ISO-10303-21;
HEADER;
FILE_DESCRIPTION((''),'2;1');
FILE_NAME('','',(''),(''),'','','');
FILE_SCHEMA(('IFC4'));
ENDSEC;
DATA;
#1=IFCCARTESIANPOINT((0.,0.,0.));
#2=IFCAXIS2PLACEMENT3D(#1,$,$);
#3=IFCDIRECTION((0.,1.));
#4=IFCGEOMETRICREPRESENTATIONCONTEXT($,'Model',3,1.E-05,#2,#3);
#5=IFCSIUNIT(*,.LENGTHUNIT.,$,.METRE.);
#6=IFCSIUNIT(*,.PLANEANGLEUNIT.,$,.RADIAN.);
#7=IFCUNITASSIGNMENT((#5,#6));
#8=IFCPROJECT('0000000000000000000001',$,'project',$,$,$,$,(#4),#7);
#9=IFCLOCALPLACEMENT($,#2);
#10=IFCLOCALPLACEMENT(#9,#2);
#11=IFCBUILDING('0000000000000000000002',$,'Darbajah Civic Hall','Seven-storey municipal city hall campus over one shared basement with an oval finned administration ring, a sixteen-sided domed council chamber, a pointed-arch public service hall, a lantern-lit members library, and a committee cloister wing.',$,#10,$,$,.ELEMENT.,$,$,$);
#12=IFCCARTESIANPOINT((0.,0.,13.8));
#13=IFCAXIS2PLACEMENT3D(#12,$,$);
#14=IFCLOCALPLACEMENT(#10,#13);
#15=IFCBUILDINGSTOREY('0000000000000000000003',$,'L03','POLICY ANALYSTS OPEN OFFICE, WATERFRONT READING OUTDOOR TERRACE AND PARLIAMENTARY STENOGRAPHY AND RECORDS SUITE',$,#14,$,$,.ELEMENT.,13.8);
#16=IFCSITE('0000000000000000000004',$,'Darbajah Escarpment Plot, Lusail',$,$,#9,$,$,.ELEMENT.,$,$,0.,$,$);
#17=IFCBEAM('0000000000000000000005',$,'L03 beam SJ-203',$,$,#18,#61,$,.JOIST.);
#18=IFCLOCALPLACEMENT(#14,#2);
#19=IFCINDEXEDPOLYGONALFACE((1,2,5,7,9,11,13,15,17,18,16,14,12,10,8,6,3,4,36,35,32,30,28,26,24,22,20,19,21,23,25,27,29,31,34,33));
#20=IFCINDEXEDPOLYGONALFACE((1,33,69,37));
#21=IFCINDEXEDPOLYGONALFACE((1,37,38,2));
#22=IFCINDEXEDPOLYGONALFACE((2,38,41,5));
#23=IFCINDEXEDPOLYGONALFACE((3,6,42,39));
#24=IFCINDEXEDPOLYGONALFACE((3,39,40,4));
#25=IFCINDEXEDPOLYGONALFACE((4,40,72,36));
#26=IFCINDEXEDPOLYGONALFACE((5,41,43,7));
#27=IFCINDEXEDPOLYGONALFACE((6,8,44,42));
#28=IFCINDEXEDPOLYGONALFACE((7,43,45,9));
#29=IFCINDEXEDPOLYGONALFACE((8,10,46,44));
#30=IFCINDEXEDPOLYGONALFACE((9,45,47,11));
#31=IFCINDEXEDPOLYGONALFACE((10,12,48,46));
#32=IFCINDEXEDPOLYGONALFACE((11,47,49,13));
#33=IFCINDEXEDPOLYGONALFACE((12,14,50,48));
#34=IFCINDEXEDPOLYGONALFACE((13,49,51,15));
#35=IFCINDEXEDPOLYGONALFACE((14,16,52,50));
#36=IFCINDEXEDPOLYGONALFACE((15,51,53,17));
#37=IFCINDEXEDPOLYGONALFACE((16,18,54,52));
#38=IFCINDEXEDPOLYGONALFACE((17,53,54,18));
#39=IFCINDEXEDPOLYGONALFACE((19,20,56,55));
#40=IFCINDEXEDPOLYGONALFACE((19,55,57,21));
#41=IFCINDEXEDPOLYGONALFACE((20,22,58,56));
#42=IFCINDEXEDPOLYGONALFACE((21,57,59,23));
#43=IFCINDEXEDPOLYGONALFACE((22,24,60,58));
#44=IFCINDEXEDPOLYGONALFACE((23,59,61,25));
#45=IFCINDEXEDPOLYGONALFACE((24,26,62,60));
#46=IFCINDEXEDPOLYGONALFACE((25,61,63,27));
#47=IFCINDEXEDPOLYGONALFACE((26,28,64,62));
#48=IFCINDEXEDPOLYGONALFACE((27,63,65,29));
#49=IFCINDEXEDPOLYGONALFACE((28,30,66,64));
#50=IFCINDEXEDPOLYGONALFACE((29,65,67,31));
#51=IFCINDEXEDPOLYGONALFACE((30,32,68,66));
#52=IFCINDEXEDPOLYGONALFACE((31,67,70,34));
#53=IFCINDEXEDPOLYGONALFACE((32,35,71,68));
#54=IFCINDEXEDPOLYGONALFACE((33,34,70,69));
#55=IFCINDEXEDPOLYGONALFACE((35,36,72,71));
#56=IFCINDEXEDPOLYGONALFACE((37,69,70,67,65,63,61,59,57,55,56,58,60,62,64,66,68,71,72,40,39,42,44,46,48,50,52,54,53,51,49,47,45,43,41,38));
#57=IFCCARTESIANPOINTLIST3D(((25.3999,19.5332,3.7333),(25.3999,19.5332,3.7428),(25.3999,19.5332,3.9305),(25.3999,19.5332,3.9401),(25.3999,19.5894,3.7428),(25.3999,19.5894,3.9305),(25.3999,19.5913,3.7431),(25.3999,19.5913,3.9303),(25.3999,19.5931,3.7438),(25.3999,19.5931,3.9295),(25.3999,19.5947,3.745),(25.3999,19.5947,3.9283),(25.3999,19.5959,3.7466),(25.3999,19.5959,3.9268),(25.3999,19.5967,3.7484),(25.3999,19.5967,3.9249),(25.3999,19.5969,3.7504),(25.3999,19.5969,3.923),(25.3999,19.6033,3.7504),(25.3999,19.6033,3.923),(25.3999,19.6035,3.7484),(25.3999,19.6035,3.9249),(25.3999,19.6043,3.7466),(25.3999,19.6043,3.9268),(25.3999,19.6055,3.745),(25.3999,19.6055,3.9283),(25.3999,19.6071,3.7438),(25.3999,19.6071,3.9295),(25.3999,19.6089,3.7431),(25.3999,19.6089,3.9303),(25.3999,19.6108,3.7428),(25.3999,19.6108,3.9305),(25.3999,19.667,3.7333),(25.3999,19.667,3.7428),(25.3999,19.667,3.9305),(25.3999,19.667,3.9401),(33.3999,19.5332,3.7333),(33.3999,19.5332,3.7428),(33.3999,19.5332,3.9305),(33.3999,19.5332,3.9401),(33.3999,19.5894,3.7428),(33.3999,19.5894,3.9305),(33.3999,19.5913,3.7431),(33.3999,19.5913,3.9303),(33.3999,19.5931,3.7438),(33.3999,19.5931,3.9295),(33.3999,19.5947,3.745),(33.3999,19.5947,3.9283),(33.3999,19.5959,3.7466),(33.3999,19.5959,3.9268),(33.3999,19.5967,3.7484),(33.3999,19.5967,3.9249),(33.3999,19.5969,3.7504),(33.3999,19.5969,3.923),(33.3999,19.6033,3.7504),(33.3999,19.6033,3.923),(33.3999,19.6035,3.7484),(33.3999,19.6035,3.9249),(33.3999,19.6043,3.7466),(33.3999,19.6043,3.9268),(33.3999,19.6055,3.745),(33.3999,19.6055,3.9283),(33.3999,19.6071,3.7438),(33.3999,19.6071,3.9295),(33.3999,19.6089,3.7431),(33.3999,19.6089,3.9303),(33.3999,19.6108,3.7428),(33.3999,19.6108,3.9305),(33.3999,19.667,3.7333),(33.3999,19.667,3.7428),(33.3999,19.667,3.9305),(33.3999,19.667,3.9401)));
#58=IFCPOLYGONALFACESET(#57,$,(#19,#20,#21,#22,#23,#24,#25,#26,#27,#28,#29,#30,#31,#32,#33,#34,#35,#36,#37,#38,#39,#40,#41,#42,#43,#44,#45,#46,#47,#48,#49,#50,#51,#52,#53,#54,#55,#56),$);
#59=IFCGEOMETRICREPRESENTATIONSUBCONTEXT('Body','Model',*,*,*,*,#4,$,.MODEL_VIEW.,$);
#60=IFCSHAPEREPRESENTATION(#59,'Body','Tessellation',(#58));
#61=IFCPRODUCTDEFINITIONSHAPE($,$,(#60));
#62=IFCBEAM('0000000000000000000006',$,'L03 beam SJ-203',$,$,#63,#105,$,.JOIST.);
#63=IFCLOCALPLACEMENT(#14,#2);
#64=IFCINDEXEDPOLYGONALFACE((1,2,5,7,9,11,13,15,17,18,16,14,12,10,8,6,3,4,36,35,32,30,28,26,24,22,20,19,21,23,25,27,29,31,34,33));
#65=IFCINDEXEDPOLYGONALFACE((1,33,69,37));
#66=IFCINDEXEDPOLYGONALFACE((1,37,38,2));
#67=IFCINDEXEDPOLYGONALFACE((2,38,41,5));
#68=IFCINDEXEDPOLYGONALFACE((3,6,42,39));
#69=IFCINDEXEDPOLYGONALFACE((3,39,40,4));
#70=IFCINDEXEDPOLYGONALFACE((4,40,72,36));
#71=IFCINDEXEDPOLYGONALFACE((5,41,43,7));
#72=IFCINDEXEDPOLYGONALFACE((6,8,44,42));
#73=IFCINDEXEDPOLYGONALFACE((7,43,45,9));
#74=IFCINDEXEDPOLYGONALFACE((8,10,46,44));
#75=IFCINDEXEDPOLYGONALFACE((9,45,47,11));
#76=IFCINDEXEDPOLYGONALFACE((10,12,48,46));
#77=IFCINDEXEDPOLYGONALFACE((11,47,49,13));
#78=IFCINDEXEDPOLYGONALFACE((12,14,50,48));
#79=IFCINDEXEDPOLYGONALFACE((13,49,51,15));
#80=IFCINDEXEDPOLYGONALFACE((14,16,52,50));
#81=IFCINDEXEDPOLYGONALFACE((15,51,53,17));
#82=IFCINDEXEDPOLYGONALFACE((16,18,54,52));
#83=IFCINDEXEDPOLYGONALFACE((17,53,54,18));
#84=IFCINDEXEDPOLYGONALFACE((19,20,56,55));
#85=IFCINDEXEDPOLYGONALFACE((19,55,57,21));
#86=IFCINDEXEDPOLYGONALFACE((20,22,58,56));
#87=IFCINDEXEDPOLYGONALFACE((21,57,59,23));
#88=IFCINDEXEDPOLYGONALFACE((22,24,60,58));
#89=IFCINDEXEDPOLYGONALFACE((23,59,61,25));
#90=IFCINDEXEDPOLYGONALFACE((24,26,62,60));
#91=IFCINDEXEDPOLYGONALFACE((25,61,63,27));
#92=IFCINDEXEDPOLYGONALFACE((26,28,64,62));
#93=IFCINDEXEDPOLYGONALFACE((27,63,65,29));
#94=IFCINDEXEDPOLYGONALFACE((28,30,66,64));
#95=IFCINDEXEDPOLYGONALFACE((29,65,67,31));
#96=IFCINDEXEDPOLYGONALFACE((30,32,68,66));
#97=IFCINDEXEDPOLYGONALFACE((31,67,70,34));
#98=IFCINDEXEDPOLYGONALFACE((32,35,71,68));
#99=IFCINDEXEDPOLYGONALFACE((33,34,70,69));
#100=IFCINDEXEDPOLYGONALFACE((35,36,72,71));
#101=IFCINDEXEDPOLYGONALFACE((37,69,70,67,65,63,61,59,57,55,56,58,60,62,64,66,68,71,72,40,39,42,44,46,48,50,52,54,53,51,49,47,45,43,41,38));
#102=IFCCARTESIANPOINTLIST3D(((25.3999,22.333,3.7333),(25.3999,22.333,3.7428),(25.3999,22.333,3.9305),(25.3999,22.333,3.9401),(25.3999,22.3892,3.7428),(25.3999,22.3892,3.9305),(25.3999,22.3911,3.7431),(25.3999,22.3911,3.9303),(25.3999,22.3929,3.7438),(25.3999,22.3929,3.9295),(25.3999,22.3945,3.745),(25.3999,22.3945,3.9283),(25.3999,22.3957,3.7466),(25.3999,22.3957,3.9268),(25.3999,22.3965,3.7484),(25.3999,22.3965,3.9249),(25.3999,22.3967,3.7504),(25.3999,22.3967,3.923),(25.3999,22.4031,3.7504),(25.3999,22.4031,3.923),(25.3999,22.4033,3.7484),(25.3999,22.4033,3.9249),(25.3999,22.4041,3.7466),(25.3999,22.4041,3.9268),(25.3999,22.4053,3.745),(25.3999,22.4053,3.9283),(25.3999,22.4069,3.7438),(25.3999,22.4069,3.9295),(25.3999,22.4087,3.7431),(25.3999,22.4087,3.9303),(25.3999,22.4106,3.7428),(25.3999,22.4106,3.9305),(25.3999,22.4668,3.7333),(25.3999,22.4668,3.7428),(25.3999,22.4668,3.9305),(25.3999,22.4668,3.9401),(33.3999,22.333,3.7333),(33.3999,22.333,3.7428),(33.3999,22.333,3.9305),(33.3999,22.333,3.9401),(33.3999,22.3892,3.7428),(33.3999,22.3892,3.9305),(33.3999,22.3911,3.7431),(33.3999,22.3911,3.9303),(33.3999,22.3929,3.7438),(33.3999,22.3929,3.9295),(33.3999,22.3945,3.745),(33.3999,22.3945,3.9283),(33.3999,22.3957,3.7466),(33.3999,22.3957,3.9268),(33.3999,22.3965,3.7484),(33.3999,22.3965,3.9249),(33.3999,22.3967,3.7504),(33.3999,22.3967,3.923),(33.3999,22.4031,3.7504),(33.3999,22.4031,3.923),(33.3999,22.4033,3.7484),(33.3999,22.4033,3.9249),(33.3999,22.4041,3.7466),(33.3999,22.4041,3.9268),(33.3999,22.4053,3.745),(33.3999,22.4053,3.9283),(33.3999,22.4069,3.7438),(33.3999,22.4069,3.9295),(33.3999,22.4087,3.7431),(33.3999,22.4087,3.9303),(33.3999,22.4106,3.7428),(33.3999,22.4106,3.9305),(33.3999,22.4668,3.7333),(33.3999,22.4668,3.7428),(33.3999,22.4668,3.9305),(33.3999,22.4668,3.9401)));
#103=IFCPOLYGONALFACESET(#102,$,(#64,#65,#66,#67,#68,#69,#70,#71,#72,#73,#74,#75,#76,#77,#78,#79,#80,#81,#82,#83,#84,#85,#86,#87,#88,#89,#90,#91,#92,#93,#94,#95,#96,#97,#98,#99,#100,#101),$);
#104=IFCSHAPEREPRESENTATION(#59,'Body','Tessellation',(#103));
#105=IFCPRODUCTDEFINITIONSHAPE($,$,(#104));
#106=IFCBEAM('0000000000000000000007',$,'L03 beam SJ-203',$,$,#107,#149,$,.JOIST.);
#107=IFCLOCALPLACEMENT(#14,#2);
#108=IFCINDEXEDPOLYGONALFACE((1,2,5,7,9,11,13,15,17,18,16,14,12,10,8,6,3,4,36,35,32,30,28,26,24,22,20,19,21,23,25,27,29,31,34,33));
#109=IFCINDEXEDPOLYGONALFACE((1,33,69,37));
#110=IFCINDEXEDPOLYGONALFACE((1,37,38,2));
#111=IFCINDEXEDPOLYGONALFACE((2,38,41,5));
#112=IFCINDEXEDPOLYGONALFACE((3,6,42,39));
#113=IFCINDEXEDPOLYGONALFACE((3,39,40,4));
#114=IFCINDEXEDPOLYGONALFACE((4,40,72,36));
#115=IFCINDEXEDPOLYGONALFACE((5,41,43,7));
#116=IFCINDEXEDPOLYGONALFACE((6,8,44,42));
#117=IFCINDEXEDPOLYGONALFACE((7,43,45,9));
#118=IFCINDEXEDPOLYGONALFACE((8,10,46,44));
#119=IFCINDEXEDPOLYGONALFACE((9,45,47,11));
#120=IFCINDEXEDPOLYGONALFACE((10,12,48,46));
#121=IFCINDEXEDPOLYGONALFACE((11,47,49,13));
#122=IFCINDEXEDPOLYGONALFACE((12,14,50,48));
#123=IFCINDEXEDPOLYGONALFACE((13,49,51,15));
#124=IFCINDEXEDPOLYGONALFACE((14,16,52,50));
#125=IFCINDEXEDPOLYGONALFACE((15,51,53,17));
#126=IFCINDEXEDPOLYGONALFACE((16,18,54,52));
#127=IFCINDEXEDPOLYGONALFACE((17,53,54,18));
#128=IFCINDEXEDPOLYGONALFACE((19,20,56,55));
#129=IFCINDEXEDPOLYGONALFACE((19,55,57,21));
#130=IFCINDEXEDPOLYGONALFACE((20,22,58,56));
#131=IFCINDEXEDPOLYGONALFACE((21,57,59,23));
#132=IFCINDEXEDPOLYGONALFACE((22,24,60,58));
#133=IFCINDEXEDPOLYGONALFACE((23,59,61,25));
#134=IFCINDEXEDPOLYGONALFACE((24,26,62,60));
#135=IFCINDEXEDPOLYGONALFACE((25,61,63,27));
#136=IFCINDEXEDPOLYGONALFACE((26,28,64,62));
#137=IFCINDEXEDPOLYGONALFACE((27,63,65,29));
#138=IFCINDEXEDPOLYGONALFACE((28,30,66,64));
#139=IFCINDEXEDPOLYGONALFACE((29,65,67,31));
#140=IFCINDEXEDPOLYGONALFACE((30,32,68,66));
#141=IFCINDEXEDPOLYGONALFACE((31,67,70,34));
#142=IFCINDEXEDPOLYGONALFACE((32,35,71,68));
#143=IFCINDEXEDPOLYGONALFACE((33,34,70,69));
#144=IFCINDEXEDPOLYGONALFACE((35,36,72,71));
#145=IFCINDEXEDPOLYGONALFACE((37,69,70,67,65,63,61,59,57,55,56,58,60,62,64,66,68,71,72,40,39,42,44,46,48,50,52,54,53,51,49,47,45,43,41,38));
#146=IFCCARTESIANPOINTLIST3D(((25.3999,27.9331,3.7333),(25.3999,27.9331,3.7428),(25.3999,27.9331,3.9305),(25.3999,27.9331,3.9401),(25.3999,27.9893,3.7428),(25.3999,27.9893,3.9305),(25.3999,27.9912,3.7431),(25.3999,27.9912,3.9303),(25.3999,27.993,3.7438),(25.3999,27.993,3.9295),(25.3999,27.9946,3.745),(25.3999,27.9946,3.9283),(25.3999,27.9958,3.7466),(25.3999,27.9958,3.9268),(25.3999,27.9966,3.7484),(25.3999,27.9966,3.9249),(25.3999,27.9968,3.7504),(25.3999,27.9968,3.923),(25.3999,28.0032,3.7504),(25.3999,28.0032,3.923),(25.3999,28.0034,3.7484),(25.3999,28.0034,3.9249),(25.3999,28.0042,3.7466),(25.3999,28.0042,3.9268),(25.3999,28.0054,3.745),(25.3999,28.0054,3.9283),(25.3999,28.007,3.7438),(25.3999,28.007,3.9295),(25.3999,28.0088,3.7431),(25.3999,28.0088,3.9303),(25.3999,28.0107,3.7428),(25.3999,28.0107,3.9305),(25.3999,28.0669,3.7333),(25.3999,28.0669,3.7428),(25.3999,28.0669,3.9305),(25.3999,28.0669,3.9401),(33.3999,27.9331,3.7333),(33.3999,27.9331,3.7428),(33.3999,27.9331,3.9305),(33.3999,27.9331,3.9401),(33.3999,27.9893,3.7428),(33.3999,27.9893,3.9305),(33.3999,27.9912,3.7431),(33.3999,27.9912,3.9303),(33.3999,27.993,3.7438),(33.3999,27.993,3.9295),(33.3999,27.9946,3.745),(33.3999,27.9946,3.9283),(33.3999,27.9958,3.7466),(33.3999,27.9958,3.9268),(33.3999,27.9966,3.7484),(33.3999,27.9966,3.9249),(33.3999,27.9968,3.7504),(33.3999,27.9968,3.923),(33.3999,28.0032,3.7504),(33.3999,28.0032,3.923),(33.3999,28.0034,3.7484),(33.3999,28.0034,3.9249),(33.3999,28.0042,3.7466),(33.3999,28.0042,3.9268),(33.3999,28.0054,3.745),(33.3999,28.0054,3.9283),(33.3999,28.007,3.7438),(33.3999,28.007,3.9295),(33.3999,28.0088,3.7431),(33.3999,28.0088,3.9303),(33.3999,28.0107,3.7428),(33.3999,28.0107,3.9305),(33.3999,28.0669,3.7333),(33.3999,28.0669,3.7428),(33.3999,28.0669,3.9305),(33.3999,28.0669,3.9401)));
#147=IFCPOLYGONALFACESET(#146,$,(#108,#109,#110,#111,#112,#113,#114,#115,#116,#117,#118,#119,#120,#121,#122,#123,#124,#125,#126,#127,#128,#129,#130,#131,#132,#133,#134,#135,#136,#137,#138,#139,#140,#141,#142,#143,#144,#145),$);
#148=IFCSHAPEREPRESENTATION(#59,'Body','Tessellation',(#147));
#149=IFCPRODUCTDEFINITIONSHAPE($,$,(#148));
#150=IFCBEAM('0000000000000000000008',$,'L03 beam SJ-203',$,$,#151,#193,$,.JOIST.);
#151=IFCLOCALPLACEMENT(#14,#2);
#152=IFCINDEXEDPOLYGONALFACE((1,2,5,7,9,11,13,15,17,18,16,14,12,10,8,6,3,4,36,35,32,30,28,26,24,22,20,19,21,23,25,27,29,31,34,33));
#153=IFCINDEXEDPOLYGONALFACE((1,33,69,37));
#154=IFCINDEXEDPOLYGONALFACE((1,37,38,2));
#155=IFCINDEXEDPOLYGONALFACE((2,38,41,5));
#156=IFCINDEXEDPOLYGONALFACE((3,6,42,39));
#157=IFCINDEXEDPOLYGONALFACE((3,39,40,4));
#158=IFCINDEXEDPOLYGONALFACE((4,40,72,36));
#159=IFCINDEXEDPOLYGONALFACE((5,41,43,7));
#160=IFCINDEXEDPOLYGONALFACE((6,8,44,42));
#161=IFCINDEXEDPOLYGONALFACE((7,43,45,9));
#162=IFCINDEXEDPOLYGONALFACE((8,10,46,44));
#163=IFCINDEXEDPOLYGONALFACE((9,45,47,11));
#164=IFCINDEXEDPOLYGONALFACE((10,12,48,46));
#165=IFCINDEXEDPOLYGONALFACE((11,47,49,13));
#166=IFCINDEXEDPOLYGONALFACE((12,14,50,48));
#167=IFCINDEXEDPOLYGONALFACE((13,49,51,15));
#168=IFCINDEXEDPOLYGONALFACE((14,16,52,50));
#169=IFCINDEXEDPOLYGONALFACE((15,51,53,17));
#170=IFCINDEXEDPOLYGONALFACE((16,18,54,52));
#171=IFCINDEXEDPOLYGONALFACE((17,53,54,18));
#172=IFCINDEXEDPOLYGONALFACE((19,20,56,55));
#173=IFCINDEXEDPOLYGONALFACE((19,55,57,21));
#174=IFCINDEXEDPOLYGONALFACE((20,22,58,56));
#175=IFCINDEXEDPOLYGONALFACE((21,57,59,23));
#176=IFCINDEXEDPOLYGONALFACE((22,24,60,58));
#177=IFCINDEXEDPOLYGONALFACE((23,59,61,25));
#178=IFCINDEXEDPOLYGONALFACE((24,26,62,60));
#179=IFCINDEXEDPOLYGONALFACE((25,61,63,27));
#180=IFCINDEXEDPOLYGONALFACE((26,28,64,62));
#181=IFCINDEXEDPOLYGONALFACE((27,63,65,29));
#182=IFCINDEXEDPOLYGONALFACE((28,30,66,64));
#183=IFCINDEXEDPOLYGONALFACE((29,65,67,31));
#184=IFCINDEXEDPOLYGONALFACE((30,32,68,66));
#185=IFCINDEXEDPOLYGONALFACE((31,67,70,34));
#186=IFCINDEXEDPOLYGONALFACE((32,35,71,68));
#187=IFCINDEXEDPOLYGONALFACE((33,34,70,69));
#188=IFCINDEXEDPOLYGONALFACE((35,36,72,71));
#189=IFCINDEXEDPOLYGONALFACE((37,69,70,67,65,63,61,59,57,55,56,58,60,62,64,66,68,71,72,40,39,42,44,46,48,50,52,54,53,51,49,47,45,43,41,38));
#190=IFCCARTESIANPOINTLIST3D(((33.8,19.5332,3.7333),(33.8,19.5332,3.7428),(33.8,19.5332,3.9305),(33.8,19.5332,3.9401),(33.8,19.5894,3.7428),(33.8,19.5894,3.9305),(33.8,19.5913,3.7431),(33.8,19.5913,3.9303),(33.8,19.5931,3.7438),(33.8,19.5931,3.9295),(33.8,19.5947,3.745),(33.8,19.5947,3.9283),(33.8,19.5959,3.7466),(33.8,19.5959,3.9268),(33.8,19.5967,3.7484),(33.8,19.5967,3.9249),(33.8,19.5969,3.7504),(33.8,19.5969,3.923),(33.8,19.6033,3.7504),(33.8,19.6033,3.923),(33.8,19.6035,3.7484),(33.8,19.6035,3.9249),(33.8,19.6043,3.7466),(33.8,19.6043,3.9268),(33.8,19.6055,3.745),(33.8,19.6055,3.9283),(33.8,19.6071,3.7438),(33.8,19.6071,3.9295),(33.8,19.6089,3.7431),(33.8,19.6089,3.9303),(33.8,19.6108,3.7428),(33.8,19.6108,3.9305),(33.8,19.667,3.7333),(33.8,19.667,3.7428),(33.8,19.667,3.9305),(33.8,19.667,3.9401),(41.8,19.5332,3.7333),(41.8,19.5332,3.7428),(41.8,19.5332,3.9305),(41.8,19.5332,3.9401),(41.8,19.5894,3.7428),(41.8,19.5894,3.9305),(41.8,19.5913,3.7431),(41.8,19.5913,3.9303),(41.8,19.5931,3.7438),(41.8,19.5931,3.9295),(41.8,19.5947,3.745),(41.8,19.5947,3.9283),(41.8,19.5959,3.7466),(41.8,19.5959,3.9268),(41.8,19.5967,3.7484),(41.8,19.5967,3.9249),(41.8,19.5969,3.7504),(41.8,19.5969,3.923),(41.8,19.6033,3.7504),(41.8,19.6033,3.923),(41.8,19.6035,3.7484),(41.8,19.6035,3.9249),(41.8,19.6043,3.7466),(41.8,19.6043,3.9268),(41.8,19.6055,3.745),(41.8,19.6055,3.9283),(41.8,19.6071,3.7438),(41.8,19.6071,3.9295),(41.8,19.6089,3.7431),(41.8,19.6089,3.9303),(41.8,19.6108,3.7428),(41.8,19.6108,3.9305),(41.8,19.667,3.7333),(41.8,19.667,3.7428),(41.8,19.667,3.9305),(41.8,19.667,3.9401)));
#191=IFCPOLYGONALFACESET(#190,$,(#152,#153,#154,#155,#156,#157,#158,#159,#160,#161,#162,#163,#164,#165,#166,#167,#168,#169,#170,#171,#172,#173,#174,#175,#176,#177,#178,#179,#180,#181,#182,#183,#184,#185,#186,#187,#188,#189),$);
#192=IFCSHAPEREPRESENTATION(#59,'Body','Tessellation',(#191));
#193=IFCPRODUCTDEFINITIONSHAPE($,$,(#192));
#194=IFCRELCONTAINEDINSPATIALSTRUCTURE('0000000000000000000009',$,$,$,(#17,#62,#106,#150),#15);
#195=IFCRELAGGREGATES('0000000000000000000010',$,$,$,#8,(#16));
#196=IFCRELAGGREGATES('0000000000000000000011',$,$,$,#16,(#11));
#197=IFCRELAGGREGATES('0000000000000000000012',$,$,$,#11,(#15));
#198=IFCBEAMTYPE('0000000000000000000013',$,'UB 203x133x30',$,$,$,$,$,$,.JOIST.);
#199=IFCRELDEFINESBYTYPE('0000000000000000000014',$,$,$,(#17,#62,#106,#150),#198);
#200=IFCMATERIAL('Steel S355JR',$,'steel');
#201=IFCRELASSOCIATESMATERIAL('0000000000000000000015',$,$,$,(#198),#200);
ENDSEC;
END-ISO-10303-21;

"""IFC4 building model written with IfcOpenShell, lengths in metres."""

from ifc_helpers import new_model, si_unit, direction, frame, origin, origin_2d, place, context, subcontext, project, spatial, i_section, extrude, material, material_profile, profile_set, type_object, element, save


model = new_model("IFC4")

# Units and contexts
model_context = context("Model", 3, precision=1e-05, world=origin(), true_north=direction((0.0, 1.0)))
body_context = subcontext(model_context, "Body", "Model", "MODEL_VIEW")
ifc_project = project(units=[si_unit("LENGTHUNIT", "METRE"), si_unit("PLANEANGLEUNIT", "RADIAN")], contexts=[model_context])

# Site, building, storey
site_placement = place(None, origin())
site = spatial("IfcSite", under=ifc_project, at=site_placement, Name="Darbajah Escarpment Plot, Lusail", CompositionType="ELEMENT", RefElevation=0.0)
building_placement = place(site_placement, origin())
building = spatial("IfcBuilding", under=site, at=building_placement, Name="Darbajah Civic Hall", Description="Seven-storey municipal city hall campus over one shared basement with an oval finned administration ring, a sixteen-sided domed council chamber, a pointed-arch public service hall, a lantern-lit members library, and a committee cloister wing.", CompositionType="ELEMENT")
storey_placement = place(building_placement, frame((0.0, 0.0, 13.8)))
storey = spatial("IfcBuildingStorey", under=building, at=storey_placement, Name="L03", Description="POLICY ANALYSTS OPEN OFFICE, WATERFRONT READING OUTDOOR TERRACE AND PARLIAMENTARY STENOGRAPHY AND RECORDS SUITE", CompositionType="ELEMENT", Elevation=13.8)

# Beams
ifc_material_1 = material(Name="Steel S355JR", Category="steel")
ifc_material_profile_1 = material_profile(ifc_material_1, i_section(OverallWidth=0.1338, OverallDepth=0.2068, WebThickness=0.0063, FlangeThickness=0.0095, FilletRadius=0.0076, at=origin_2d()), Name="UB 203x133x30")
ifc_profile_set_1 = profile_set([ifc_material_profile_1], Name="Steel S355JR")
beam_type_1 = type_object("IfcBeamType", Name="UB 203x133x30", PredefinedType="JOIST", material=ifc_profile_set_1)
for number, where, z_axis, x_axis, name in (
    (1, (25.3999, 19.6001, 3.8367), (1.0, 0.0, 0.0), (0.0, 1.0, 0.0), "L03 beam SJ-203"),
    (2, (25.3999, 22.3999, 3.8367), (1.0, 0.0, 0.0), (0.0, 1.0, 0.0), "L03 beam SJ-203"),
    (3, (25.3999, 28.0, 3.8367), (1.0, 0.0, 0.0), (0.0, 1.0, 0.0), "L03 beam SJ-203"),
    (4, (33.8, 19.6001, 3.8367), (1.0, 0.0, 0.0), (0.0, 1.0, 0.0), "L03 beam SJ-203"),
):
    element("IfcBeam", number, at=place(storey_placement, frame(where, z_axis=z_axis, x_axis=x_axis)), inside=storey, type_object=beam_type_1, Name=name, PredefinedType="JOIST", context=body_context, shape_type="SweptSolid", body=[
        extrude(i_section(OverallWidth=0.1338, OverallDepth=0.2068, WebThickness=0.0063, FlangeThickness=0.0095, FilletRadius=0.0076, at=origin_2d()), origin(), (0.0, 0.0, 1.0), 8.0),
    ])

save(model, "model.ifc")
